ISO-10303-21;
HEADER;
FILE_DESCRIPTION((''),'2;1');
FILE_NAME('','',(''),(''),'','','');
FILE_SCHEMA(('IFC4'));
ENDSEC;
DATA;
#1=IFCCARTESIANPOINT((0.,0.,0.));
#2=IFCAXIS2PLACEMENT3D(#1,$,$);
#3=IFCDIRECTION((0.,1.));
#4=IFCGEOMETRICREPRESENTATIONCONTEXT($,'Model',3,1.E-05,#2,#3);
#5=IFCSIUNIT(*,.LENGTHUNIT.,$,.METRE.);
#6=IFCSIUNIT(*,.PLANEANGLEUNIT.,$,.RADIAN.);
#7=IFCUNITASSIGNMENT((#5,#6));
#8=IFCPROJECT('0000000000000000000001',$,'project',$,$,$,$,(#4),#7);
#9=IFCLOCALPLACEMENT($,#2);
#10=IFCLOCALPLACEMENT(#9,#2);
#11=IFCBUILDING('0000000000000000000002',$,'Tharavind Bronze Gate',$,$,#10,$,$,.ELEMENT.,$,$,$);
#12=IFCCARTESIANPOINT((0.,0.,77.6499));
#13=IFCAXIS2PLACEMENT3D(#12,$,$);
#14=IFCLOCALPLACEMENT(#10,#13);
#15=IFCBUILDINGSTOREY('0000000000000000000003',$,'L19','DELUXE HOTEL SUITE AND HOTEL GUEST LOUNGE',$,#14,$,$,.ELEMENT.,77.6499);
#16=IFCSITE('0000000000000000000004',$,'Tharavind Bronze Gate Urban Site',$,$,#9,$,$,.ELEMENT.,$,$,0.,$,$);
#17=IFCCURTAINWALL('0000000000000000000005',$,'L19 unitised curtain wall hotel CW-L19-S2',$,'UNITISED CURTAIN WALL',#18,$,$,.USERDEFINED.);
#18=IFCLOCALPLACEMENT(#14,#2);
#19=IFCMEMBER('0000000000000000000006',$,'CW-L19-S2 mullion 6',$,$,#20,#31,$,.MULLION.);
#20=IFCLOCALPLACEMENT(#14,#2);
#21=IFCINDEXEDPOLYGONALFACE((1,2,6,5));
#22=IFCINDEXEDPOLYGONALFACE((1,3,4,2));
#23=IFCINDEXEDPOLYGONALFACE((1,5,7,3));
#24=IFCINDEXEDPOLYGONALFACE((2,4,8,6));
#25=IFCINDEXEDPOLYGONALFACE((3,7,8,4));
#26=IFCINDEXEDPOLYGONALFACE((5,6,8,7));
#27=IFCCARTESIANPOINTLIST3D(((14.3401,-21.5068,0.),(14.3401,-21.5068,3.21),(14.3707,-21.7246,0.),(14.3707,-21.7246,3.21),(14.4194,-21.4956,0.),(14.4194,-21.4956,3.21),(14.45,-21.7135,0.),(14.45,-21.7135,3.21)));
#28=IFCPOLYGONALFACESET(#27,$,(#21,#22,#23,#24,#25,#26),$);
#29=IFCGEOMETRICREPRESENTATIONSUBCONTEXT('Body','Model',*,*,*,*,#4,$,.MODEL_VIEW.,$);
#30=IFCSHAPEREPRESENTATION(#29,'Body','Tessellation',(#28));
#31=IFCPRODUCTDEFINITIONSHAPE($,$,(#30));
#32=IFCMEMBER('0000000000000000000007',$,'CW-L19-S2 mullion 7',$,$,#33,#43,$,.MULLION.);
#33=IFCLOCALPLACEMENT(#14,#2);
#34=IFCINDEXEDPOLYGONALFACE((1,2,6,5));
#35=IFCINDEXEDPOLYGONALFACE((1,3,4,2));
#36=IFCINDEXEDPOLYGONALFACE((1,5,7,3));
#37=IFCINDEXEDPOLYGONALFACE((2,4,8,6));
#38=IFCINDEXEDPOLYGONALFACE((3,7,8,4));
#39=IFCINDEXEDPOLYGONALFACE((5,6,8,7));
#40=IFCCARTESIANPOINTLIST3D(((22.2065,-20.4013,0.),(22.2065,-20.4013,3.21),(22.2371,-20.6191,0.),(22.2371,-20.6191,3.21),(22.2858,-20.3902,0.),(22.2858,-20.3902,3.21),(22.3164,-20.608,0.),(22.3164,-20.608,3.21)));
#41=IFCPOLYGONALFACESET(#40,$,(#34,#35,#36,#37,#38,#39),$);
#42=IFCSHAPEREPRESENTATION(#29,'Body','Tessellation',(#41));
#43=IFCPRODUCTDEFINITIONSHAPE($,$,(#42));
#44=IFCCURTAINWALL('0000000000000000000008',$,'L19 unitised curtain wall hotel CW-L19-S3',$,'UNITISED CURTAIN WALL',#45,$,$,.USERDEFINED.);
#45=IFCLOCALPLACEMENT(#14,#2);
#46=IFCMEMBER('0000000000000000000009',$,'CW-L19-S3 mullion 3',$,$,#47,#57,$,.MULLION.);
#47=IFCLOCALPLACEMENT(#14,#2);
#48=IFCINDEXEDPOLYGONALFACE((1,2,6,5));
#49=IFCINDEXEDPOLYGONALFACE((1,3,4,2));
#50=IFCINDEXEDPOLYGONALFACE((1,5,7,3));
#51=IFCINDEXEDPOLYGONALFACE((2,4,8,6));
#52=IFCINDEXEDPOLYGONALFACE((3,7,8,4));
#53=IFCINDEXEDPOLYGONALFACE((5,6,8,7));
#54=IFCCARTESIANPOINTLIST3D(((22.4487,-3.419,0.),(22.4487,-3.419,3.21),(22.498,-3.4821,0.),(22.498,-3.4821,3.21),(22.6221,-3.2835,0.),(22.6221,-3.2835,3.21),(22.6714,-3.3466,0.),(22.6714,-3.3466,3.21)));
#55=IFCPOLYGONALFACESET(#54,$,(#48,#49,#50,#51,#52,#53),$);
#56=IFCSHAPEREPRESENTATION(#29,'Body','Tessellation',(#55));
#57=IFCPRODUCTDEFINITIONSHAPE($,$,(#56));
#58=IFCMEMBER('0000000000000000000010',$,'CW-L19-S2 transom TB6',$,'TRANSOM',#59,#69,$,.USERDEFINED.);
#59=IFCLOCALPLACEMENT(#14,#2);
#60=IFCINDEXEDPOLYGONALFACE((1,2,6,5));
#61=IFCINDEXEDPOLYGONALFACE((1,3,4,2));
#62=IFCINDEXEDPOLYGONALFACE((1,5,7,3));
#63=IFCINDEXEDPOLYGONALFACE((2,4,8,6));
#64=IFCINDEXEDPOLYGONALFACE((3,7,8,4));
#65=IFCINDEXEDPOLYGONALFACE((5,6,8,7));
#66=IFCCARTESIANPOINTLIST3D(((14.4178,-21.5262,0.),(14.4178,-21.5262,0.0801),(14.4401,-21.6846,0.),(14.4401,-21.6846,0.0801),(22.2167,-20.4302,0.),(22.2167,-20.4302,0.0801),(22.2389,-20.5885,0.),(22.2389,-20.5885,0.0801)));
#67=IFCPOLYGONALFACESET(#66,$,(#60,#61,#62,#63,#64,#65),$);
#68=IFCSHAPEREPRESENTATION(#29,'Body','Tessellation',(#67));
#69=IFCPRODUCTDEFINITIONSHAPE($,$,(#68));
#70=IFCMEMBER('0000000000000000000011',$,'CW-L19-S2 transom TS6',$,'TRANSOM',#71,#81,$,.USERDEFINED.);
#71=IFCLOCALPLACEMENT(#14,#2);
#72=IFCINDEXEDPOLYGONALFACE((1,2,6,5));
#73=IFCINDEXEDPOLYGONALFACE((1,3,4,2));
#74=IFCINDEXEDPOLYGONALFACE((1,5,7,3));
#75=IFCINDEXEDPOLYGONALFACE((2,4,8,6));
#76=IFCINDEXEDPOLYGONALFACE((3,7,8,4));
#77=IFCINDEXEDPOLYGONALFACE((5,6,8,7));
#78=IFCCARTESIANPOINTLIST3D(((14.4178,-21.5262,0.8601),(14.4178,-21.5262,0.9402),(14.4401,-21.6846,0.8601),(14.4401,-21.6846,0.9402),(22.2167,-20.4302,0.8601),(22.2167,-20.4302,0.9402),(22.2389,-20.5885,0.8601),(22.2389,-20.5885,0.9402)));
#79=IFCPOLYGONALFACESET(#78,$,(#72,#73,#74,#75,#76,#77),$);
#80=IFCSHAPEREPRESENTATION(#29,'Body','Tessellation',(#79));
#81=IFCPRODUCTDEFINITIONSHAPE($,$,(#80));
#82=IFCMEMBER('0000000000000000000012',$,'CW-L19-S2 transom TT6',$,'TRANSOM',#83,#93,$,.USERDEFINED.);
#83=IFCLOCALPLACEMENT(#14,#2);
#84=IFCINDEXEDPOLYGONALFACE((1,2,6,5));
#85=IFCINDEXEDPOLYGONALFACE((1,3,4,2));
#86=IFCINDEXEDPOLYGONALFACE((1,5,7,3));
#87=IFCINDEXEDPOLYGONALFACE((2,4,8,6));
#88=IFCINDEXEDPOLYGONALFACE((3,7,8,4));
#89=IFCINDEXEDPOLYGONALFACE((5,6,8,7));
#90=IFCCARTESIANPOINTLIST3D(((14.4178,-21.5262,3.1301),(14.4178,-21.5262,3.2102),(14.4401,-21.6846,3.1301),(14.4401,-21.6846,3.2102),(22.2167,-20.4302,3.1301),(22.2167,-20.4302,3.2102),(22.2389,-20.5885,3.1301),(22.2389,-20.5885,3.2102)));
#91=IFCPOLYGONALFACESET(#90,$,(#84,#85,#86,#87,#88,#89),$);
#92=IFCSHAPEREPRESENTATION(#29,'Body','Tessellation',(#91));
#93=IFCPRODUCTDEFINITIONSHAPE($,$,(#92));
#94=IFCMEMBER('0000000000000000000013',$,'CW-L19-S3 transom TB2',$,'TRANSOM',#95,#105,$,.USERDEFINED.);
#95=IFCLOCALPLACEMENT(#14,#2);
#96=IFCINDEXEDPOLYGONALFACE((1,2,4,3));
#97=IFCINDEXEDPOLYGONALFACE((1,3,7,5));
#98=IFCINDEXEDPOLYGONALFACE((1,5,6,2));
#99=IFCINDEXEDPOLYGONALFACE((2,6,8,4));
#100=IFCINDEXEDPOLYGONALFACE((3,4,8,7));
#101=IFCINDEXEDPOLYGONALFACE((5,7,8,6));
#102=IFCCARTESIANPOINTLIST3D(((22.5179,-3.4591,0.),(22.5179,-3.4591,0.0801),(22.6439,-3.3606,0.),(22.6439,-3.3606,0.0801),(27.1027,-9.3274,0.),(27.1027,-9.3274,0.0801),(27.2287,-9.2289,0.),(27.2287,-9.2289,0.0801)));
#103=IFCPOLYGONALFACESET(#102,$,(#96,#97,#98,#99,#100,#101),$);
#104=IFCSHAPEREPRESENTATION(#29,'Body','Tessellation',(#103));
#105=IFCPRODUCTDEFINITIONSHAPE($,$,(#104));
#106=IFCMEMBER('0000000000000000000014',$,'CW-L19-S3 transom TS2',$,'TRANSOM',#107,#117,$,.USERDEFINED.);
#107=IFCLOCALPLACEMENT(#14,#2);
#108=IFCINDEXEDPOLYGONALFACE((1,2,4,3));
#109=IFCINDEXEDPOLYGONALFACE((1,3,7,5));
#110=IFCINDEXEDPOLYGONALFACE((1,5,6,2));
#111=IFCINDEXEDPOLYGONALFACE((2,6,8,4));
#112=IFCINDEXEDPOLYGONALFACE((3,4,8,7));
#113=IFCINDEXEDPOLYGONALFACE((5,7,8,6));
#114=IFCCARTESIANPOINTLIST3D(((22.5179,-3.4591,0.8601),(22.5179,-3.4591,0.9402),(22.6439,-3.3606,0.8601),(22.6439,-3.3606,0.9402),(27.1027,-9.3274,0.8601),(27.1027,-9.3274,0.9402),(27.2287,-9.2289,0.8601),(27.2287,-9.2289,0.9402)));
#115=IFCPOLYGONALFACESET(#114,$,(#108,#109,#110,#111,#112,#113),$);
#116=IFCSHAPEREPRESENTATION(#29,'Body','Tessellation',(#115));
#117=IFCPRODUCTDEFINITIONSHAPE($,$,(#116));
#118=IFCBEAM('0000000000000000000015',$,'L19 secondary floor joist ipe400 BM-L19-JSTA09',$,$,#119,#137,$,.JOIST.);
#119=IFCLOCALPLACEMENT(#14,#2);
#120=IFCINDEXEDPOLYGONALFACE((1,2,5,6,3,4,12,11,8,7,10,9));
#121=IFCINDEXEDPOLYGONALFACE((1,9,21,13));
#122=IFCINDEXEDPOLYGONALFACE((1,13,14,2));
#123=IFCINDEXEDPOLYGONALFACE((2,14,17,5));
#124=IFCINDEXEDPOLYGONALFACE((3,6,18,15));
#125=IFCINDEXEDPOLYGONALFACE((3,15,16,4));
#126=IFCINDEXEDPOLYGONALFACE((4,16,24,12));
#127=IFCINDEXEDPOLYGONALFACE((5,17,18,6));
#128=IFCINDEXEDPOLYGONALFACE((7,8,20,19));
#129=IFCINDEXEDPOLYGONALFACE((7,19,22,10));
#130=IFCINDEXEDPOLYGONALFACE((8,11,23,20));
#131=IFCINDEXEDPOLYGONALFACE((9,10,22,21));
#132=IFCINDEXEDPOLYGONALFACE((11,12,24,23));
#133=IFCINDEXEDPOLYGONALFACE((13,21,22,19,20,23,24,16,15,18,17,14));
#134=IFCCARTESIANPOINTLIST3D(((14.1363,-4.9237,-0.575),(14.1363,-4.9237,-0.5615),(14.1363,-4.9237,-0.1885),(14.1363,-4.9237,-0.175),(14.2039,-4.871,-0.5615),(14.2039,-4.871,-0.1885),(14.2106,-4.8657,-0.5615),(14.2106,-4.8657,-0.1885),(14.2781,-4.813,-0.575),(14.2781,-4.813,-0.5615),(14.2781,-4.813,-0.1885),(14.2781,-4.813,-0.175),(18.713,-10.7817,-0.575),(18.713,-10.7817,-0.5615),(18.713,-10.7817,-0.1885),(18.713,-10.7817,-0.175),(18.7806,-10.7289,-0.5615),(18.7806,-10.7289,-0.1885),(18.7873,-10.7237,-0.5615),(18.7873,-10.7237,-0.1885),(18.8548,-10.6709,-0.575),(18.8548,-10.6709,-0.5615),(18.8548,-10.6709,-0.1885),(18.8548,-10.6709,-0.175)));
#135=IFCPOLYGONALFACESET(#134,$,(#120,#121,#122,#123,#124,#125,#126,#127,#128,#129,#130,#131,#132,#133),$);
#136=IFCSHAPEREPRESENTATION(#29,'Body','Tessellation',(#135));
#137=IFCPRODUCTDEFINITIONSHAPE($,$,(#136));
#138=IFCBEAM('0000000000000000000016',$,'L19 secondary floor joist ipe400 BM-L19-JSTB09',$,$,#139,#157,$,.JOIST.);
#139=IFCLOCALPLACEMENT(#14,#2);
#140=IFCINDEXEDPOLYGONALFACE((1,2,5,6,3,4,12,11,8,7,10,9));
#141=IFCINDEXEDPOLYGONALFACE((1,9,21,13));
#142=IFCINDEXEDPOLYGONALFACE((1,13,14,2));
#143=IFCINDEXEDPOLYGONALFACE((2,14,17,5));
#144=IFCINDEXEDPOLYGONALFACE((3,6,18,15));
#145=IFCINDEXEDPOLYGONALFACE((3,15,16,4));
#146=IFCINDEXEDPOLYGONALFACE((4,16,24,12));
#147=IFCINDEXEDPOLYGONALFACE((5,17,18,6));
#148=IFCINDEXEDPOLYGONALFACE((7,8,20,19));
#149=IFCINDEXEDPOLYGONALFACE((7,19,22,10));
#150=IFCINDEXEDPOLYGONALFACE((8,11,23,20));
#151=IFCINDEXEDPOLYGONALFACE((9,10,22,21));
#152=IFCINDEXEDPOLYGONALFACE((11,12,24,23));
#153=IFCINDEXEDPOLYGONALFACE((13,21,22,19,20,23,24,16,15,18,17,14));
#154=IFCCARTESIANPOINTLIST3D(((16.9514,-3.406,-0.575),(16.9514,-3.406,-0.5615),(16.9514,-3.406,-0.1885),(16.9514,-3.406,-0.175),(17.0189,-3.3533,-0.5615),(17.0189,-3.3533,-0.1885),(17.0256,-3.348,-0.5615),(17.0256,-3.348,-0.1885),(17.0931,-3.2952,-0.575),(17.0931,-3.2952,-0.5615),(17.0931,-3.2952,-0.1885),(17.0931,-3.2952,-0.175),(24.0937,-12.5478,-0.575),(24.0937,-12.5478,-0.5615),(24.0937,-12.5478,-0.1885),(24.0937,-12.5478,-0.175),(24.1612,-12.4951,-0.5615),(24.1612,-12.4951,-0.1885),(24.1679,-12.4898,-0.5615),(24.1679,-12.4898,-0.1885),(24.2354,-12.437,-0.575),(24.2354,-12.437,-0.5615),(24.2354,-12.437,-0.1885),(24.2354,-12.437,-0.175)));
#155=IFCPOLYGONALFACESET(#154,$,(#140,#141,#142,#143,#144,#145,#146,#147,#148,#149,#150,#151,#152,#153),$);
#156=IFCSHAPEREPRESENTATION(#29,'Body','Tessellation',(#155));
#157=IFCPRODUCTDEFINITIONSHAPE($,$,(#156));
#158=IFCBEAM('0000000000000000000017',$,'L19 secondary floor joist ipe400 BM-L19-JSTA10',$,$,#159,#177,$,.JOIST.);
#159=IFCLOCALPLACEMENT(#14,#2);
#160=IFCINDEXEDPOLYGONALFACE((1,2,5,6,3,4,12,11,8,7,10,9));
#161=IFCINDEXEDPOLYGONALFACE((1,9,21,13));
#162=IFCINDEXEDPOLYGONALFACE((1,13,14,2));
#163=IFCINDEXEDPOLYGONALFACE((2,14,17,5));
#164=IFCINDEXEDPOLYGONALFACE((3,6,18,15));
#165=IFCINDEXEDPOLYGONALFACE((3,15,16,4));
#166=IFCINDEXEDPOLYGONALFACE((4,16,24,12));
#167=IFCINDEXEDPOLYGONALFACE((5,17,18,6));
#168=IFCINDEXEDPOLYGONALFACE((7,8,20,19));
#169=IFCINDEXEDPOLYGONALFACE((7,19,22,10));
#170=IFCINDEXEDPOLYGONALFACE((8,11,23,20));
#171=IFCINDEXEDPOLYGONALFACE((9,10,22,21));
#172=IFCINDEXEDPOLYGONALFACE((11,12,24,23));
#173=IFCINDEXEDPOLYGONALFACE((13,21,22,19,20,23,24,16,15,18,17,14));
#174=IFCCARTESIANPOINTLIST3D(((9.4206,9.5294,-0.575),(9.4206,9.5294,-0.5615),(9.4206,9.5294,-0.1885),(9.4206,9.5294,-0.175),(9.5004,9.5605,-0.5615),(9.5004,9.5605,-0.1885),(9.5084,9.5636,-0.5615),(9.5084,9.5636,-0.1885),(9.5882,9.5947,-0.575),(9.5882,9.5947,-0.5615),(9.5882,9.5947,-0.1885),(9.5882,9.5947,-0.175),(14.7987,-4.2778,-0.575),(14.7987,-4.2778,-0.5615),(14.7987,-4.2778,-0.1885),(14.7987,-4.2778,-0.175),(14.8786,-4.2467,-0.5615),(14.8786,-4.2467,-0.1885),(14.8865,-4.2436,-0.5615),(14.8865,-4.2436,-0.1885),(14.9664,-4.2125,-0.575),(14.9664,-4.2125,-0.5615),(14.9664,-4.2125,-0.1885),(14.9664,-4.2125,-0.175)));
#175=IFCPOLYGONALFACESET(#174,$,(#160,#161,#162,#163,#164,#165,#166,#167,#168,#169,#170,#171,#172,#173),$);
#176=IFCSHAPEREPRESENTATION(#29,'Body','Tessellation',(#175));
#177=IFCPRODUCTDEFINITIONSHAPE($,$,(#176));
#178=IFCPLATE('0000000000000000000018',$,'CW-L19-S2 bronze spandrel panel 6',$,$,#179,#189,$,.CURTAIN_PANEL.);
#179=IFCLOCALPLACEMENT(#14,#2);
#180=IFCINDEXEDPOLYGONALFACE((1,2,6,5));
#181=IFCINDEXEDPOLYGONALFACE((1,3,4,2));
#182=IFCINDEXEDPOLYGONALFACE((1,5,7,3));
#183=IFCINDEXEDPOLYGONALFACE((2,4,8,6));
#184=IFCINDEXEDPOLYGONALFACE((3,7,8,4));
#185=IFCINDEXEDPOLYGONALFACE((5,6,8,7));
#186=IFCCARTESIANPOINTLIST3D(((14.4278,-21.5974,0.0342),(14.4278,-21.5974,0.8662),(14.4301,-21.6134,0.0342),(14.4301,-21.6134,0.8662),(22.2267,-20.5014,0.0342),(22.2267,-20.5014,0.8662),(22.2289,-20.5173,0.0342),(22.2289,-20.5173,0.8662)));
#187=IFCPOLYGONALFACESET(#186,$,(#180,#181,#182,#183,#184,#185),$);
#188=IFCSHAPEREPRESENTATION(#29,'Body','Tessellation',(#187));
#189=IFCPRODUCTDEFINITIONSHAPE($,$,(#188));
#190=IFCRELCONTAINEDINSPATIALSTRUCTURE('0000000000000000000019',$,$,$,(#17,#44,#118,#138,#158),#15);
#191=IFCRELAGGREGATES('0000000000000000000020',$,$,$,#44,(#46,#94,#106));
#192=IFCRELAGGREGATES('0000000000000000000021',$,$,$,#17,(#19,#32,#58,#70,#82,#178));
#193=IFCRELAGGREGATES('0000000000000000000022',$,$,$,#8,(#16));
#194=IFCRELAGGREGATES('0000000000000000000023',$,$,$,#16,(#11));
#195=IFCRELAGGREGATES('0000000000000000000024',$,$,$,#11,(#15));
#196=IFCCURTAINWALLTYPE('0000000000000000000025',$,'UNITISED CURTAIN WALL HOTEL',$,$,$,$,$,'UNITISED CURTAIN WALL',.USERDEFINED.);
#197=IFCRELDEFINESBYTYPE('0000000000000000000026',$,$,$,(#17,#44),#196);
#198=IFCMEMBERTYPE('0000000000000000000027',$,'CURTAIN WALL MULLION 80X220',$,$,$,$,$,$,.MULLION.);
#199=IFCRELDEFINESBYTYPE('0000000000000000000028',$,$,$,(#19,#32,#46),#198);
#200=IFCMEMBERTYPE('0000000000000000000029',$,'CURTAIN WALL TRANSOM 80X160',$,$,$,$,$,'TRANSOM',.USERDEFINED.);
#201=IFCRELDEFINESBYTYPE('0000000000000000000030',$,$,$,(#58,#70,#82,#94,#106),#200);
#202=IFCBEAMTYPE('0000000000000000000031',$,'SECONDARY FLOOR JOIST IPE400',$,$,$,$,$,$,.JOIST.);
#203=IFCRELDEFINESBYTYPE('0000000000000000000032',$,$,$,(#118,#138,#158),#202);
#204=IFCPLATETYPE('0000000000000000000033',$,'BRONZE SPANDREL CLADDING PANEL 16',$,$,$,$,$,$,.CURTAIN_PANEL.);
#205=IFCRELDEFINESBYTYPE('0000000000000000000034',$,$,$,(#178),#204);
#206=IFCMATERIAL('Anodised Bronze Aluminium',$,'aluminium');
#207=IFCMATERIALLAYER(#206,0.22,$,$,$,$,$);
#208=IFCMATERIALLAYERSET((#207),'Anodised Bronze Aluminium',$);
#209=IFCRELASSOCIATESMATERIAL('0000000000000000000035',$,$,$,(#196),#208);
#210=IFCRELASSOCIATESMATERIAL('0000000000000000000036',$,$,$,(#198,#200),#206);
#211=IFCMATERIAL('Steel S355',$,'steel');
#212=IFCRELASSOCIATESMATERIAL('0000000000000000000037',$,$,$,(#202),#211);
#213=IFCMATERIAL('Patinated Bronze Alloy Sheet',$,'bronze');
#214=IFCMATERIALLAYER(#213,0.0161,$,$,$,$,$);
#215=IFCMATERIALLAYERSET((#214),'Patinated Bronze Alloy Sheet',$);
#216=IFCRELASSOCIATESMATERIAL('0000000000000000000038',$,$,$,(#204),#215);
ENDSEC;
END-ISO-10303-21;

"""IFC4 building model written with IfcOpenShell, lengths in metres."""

from ifc_helpers import new_model, si_unit, direction, frame, origin, origin_2d, place, context, subcontext, project, spatial, rectangle, i_section, extrude, material, layer, layer_set, material_profile, profile_set, type_object, element, aggregate, save


model = new_model("IFC4")

# Units and contexts
model_context = context("Model", 3, precision=1e-05, world=origin(), true_north=direction((0.0, 1.0)))
body_context = subcontext(model_context, "Body", "Model", "MODEL_VIEW")
ifc_project = project(units=[si_unit("LENGTHUNIT", "METRE"), si_unit("PLANEANGLEUNIT", "RADIAN")], contexts=[model_context])

# Site, building, storey
site_placement = place(None, origin())
site = spatial("IfcSite", under=ifc_project, at=site_placement, Name="Tharavind Bronze Gate Urban Site", CompositionType="ELEMENT", RefElevation=0.0)
building_placement = place(site_placement, origin())
building = spatial("IfcBuilding", under=site, at=building_placement, Name="Tharavind Bronze Gate", CompositionType="ELEMENT")
storey_placement = place(building_placement, frame((0.0, 0.0, 77.6499)))
storey = spatial("IfcBuildingStorey", under=building, at=storey_placement, Name="L19", Description="DELUXE HOTEL SUITE AND HOTEL GUEST LOUNGE", CompositionType="ELEMENT", Elevation=77.6499)

# Curtain wall, members
ifc_material_1 = material(Name="Anodised Bronze Aluminium", Category="aluminium")
ifc_layer_1 = layer(ifc_material_1, 0.22)
ifc_layer_set_1 = layer_set([ifc_layer_1], Name="Anodised Bronze Aluminium")
curtain_wall_type = type_object("IfcCurtainWallType", Name="UNITISED CURTAIN WALL HOTEL", ElementType="UNITISED CURTAIN WALL", PredefinedType="USERDEFINED", material=ifc_layer_set_1)
curtain_wall_1_placement = place(storey_placement, origin())
curtain_wall_1 = element("IfcCurtainWall", 1, at=curtain_wall_1_placement, inside=storey, type_object=curtain_wall_type, Name="L19 unitised curtain wall hotel CW-L19-S2", ObjectType="UNITISED CURTAIN WALL", PredefinedType="USERDEFINED")
member_type_1 = type_object("IfcMemberType", Name="CURTAIN WALL MULLION 80X220", PredefinedType="MULLION", material=ifc_material_1)
member_1_placement = place(storey_placement, frame((14.395, -21.6101, 0.0), z_axis=(0.0, 0.0, 1.0), x_axis=(0.990268, 0.139173, 0.0)))
member_1 = element("IfcMember", 2, at=member_1_placement, type_object=member_type_1, Name="CW-L19-S2 mullion 6", PredefinedType="MULLION", context=body_context, shape_type="SweptSolid", body=[
    extrude(rectangle(XDim=0.0801, YDim=0.22, at=origin_2d()), origin(), (0.0, 0.0, 1.0), 3.21),
])
member_2_placement = place(storey_placement, frame((22.2615, -20.5046, 0.0), z_axis=(0.0, 0.0, 1.0), x_axis=(0.990268, 0.139173, 0.0)))
member_2 = element("IfcMember", 3, at=member_2_placement, type_object=member_type_1, Name="CW-L19-S2 mullion 7", PredefinedType="MULLION", context=body_context, shape_type="SweptSolid", body=[
    extrude(rectangle(XDim=0.0801, YDim=0.22, at=origin_2d()), origin(), (0.0, 0.0, 1.0), 3.21),
])

# Curtain wall, member
curtain_wall_2_placement = place(storey_placement, origin())
curtain_wall_2 = element("IfcCurtainWall", 4, at=curtain_wall_2_placement, inside=storey, type_object=curtain_wall_type, Name="L19 unitised curtain wall hotel CW-L19-S3", ObjectType="UNITISED CURTAIN WALL", PredefinedType="USERDEFINED")
member_3_placement = place(storey_placement, frame((22.5601, -3.3828, 0.0), z_axis=(0.0, 0.0, 1.0), x_axis=(-0.615661, 0.788011, 0.0)))
member_3 = element("IfcMember", 5, at=member_3_placement, type_object=member_type_1, Name="CW-L19-S3 mullion 3", PredefinedType="MULLION", context=body_context, shape_type="SweptSolid", body=[
    extrude(rectangle(XDim=0.0801, YDim=0.22, at=origin_2d()), origin(), (0.0, 0.0, 1.0), 3.21),
])

# Members
member_type_2 = type_object("IfcMemberType", Name="CURTAIN WALL TRANSOM 80X160", ElementType="TRANSOM", PredefinedType="USERDEFINED", material=ifc_material_1)
member_4_placement = place(storey_placement, frame((18.3284, -21.0574, 0.0), z_axis=(0.0, 0.0, 1.0), x_axis=(0.990268, 0.139173, 0.0)))
member_4 = element("IfcMember", 6, at=member_4_placement, type_object=member_type_2, Name="CW-L19-S2 transom TB6", ObjectType="TRANSOM", PredefinedType="USERDEFINED", context=body_context, shape_type="SweptSolid", body=[
    extrude(rectangle(XDim=7.8755, YDim=0.1599, at=origin_2d()), origin(), (0.0, 0.0, 1.0), 0.0801),
])
member_5_placement = place(storey_placement, frame((18.3284, -21.0574, 0.8601), z_axis=(0.0, 0.0, 1.0), x_axis=(0.990268, 0.139173, 0.0)))
member_5 = element("IfcMember", 7, at=member_5_placement, type_object=member_type_2, Name="CW-L19-S2 transom TS6", ObjectType="TRANSOM", PredefinedType="USERDEFINED", context=body_context, shape_type="SweptSolid", body=[
    extrude(rectangle(XDim=7.8755, YDim=0.1599, at=origin_2d()), origin(), (0.0, 0.0, 1.0), 0.0801),
])
member_6_placement = place(storey_placement, frame((18.3284, -21.0574, 3.1301), z_axis=(0.0, 0.0, 1.0), x_axis=(0.990268, 0.139173, 0.0)))
member_6 = element("IfcMember", 8, at=member_6_placement, type_object=member_type_2, Name="CW-L19-S2 transom TT6", ObjectType="TRANSOM", PredefinedType="USERDEFINED", context=body_context, shape_type="SweptSolid", body=[
    extrude(rectangle(XDim=7.8755, YDim=0.1599, at=origin_2d()), origin(), (0.0, 0.0, 1.0), 0.0801),
])
member_7_placement = place(storey_placement, frame((24.8733, -6.344, 0.0), z_axis=(0.0, 0.0, 1.0), x_axis=(-0.615661, 0.788011, 0.0)))
member_7 = element("IfcMember", 9, at=member_7_placement, type_object=member_type_2, Name="CW-L19-S3 transom TB2", ObjectType="TRANSOM", PredefinedType="USERDEFINED", context=body_context, shape_type="SweptSolid", body=[
    extrude(rectangle(XDim=7.447, YDim=0.1599, at=origin_2d()), origin(), (0.0, 0.0, 1.0), 0.0801),
])
member_8_placement = place(storey_placement, frame((24.8733, -6.344, 0.8601), z_axis=(0.0, 0.0, 1.0), x_axis=(-0.615661, 0.788011, 0.0)))
member_8 = element("IfcMember", 10, at=member_8_placement, type_object=member_type_2, Name="CW-L19-S3 transom TS2", ObjectType="TRANSOM", PredefinedType="USERDEFINED", context=body_context, shape_type="SweptSolid", body=[
    extrude(rectangle(XDim=7.447, YDim=0.1599, at=origin_2d()), origin(), (0.0, 0.0, 1.0), 0.0801),
])
aggregate(curtain_wall_2, [member_3, member_7, member_8])

# Beams
ifc_material_2 = material(Name="Steel S355", Category="steel")
ifc_material_profile = material_profile(ifc_material_2, i_section(OverallWidth=0.1799, OverallDepth=0.3999, WebThickness=0.0085, FlangeThickness=0.0134, at=origin_2d()), Name="IPE400")
ifc_profile_set = profile_set([ifc_material_profile], Name="Steel S355")
beam_type = type_object("IfcBeamType", Name="SECONDARY FLOOR JOIST IPE400", PredefinedType="JOIST", material=ifc_profile_set)
beam_1_placement = place(storey_placement, frame((18.7839, -10.7263, -0.375), z_axis=(-0.615658, 0.788013, 0.0), x_axis=(-0.788013, -0.615658, 0.0)))
element("IfcBeam", 11, at=beam_1_placement, inside=storey, type_object=beam_type, Name="L19 secondary floor joist ipe400 BM-L19-JSTA09", PredefinedType="JOIST", context=body_context, shape_type="SweptSolid", body=[
    extrude(i_section(OverallWidth=0.1799, OverallDepth=0.3999, WebThickness=0.0085, FlangeThickness=0.0134, at=origin_2d()), origin(), (0.0, 0.0, 1.0), 7.4338),
])
beam_2_placement = place(storey_placement, frame((24.1646, -12.4924, -0.375), z_axis=(-0.615658, 0.788013, 0.0), x_axis=(-0.788013, -0.615658, 0.0)))
element("IfcBeam", 12, at=beam_2_placement, inside=storey, type_object=beam_type, Name="L19 secondary floor joist ipe400 BM-L19-JSTB09", PredefinedType="JOIST", context=body_context, shape_type="SweptSolid", body=[
    extrude(i_section(OverallWidth=0.1799, OverallDepth=0.3999, WebThickness=0.0085, FlangeThickness=0.0134, at=origin_2d()), origin(), (0.0, 0.0, 1.0), 11.6011),
])
beam_3_placement = place(storey_placement, frame((14.8826, -4.2451, -0.375), z_axis=(-0.362958, 0.931805, 0.0), x_axis=(-0.931805, -0.362958, 0.0)))
element("IfcBeam", 13, at=beam_3_placement, inside=storey, type_object=beam_type, Name="L19 secondary floor joist ipe400 BM-L19-JSTA10", PredefinedType="JOIST", context=body_context, shape_type="SweptSolid", body=[
    extrude(i_section(OverallWidth=0.1799, OverallDepth=0.3999, WebThickness=0.0085, FlangeThickness=0.0134, at=origin_2d()), origin(), (0.0, 0.0, 1.0), 14.8176),
])

# Plate
ifc_material_3 = material(Name="Patinated Bronze Alloy Sheet", Category="bronze")
ifc_layer_2 = layer(ifc_material_3, 0.0161)
ifc_layer_set_2 = layer_set([ifc_layer_2], Name="Patinated Bronze Alloy Sheet")
plate_type_1 = type_object("IfcPlateType", Name="BRONZE SPANDREL CLADDING PANEL 16", PredefinedType="CURTAIN_PANEL", material=ifc_layer_set_2)
plate_1_placement = place(storey_placement, frame((18.3284, -21.0574, 0.0342), z_axis=(0.0, 0.0, 1.0), x_axis=(0.990268, 0.139173, 0.0)))
plate_1 = element("IfcPlate", 14, at=plate_1_placement, type_object=plate_type_1, Name="CW-L19-S2 bronze spandrel panel 6", PredefinedType="CURTAIN_PANEL", context=body_context, shape_type="SweptSolid", body=[
    extrude(rectangle(XDim=7.8755, YDim=0.0161, at=origin_2d()), origin(), (0.0, 0.0, 1.0), 0.832),
])
aggregate(curtain_wall_1, [member_1, member_2, member_4, member_5, member_6, plate_1])

save(model, "model.ifc")
